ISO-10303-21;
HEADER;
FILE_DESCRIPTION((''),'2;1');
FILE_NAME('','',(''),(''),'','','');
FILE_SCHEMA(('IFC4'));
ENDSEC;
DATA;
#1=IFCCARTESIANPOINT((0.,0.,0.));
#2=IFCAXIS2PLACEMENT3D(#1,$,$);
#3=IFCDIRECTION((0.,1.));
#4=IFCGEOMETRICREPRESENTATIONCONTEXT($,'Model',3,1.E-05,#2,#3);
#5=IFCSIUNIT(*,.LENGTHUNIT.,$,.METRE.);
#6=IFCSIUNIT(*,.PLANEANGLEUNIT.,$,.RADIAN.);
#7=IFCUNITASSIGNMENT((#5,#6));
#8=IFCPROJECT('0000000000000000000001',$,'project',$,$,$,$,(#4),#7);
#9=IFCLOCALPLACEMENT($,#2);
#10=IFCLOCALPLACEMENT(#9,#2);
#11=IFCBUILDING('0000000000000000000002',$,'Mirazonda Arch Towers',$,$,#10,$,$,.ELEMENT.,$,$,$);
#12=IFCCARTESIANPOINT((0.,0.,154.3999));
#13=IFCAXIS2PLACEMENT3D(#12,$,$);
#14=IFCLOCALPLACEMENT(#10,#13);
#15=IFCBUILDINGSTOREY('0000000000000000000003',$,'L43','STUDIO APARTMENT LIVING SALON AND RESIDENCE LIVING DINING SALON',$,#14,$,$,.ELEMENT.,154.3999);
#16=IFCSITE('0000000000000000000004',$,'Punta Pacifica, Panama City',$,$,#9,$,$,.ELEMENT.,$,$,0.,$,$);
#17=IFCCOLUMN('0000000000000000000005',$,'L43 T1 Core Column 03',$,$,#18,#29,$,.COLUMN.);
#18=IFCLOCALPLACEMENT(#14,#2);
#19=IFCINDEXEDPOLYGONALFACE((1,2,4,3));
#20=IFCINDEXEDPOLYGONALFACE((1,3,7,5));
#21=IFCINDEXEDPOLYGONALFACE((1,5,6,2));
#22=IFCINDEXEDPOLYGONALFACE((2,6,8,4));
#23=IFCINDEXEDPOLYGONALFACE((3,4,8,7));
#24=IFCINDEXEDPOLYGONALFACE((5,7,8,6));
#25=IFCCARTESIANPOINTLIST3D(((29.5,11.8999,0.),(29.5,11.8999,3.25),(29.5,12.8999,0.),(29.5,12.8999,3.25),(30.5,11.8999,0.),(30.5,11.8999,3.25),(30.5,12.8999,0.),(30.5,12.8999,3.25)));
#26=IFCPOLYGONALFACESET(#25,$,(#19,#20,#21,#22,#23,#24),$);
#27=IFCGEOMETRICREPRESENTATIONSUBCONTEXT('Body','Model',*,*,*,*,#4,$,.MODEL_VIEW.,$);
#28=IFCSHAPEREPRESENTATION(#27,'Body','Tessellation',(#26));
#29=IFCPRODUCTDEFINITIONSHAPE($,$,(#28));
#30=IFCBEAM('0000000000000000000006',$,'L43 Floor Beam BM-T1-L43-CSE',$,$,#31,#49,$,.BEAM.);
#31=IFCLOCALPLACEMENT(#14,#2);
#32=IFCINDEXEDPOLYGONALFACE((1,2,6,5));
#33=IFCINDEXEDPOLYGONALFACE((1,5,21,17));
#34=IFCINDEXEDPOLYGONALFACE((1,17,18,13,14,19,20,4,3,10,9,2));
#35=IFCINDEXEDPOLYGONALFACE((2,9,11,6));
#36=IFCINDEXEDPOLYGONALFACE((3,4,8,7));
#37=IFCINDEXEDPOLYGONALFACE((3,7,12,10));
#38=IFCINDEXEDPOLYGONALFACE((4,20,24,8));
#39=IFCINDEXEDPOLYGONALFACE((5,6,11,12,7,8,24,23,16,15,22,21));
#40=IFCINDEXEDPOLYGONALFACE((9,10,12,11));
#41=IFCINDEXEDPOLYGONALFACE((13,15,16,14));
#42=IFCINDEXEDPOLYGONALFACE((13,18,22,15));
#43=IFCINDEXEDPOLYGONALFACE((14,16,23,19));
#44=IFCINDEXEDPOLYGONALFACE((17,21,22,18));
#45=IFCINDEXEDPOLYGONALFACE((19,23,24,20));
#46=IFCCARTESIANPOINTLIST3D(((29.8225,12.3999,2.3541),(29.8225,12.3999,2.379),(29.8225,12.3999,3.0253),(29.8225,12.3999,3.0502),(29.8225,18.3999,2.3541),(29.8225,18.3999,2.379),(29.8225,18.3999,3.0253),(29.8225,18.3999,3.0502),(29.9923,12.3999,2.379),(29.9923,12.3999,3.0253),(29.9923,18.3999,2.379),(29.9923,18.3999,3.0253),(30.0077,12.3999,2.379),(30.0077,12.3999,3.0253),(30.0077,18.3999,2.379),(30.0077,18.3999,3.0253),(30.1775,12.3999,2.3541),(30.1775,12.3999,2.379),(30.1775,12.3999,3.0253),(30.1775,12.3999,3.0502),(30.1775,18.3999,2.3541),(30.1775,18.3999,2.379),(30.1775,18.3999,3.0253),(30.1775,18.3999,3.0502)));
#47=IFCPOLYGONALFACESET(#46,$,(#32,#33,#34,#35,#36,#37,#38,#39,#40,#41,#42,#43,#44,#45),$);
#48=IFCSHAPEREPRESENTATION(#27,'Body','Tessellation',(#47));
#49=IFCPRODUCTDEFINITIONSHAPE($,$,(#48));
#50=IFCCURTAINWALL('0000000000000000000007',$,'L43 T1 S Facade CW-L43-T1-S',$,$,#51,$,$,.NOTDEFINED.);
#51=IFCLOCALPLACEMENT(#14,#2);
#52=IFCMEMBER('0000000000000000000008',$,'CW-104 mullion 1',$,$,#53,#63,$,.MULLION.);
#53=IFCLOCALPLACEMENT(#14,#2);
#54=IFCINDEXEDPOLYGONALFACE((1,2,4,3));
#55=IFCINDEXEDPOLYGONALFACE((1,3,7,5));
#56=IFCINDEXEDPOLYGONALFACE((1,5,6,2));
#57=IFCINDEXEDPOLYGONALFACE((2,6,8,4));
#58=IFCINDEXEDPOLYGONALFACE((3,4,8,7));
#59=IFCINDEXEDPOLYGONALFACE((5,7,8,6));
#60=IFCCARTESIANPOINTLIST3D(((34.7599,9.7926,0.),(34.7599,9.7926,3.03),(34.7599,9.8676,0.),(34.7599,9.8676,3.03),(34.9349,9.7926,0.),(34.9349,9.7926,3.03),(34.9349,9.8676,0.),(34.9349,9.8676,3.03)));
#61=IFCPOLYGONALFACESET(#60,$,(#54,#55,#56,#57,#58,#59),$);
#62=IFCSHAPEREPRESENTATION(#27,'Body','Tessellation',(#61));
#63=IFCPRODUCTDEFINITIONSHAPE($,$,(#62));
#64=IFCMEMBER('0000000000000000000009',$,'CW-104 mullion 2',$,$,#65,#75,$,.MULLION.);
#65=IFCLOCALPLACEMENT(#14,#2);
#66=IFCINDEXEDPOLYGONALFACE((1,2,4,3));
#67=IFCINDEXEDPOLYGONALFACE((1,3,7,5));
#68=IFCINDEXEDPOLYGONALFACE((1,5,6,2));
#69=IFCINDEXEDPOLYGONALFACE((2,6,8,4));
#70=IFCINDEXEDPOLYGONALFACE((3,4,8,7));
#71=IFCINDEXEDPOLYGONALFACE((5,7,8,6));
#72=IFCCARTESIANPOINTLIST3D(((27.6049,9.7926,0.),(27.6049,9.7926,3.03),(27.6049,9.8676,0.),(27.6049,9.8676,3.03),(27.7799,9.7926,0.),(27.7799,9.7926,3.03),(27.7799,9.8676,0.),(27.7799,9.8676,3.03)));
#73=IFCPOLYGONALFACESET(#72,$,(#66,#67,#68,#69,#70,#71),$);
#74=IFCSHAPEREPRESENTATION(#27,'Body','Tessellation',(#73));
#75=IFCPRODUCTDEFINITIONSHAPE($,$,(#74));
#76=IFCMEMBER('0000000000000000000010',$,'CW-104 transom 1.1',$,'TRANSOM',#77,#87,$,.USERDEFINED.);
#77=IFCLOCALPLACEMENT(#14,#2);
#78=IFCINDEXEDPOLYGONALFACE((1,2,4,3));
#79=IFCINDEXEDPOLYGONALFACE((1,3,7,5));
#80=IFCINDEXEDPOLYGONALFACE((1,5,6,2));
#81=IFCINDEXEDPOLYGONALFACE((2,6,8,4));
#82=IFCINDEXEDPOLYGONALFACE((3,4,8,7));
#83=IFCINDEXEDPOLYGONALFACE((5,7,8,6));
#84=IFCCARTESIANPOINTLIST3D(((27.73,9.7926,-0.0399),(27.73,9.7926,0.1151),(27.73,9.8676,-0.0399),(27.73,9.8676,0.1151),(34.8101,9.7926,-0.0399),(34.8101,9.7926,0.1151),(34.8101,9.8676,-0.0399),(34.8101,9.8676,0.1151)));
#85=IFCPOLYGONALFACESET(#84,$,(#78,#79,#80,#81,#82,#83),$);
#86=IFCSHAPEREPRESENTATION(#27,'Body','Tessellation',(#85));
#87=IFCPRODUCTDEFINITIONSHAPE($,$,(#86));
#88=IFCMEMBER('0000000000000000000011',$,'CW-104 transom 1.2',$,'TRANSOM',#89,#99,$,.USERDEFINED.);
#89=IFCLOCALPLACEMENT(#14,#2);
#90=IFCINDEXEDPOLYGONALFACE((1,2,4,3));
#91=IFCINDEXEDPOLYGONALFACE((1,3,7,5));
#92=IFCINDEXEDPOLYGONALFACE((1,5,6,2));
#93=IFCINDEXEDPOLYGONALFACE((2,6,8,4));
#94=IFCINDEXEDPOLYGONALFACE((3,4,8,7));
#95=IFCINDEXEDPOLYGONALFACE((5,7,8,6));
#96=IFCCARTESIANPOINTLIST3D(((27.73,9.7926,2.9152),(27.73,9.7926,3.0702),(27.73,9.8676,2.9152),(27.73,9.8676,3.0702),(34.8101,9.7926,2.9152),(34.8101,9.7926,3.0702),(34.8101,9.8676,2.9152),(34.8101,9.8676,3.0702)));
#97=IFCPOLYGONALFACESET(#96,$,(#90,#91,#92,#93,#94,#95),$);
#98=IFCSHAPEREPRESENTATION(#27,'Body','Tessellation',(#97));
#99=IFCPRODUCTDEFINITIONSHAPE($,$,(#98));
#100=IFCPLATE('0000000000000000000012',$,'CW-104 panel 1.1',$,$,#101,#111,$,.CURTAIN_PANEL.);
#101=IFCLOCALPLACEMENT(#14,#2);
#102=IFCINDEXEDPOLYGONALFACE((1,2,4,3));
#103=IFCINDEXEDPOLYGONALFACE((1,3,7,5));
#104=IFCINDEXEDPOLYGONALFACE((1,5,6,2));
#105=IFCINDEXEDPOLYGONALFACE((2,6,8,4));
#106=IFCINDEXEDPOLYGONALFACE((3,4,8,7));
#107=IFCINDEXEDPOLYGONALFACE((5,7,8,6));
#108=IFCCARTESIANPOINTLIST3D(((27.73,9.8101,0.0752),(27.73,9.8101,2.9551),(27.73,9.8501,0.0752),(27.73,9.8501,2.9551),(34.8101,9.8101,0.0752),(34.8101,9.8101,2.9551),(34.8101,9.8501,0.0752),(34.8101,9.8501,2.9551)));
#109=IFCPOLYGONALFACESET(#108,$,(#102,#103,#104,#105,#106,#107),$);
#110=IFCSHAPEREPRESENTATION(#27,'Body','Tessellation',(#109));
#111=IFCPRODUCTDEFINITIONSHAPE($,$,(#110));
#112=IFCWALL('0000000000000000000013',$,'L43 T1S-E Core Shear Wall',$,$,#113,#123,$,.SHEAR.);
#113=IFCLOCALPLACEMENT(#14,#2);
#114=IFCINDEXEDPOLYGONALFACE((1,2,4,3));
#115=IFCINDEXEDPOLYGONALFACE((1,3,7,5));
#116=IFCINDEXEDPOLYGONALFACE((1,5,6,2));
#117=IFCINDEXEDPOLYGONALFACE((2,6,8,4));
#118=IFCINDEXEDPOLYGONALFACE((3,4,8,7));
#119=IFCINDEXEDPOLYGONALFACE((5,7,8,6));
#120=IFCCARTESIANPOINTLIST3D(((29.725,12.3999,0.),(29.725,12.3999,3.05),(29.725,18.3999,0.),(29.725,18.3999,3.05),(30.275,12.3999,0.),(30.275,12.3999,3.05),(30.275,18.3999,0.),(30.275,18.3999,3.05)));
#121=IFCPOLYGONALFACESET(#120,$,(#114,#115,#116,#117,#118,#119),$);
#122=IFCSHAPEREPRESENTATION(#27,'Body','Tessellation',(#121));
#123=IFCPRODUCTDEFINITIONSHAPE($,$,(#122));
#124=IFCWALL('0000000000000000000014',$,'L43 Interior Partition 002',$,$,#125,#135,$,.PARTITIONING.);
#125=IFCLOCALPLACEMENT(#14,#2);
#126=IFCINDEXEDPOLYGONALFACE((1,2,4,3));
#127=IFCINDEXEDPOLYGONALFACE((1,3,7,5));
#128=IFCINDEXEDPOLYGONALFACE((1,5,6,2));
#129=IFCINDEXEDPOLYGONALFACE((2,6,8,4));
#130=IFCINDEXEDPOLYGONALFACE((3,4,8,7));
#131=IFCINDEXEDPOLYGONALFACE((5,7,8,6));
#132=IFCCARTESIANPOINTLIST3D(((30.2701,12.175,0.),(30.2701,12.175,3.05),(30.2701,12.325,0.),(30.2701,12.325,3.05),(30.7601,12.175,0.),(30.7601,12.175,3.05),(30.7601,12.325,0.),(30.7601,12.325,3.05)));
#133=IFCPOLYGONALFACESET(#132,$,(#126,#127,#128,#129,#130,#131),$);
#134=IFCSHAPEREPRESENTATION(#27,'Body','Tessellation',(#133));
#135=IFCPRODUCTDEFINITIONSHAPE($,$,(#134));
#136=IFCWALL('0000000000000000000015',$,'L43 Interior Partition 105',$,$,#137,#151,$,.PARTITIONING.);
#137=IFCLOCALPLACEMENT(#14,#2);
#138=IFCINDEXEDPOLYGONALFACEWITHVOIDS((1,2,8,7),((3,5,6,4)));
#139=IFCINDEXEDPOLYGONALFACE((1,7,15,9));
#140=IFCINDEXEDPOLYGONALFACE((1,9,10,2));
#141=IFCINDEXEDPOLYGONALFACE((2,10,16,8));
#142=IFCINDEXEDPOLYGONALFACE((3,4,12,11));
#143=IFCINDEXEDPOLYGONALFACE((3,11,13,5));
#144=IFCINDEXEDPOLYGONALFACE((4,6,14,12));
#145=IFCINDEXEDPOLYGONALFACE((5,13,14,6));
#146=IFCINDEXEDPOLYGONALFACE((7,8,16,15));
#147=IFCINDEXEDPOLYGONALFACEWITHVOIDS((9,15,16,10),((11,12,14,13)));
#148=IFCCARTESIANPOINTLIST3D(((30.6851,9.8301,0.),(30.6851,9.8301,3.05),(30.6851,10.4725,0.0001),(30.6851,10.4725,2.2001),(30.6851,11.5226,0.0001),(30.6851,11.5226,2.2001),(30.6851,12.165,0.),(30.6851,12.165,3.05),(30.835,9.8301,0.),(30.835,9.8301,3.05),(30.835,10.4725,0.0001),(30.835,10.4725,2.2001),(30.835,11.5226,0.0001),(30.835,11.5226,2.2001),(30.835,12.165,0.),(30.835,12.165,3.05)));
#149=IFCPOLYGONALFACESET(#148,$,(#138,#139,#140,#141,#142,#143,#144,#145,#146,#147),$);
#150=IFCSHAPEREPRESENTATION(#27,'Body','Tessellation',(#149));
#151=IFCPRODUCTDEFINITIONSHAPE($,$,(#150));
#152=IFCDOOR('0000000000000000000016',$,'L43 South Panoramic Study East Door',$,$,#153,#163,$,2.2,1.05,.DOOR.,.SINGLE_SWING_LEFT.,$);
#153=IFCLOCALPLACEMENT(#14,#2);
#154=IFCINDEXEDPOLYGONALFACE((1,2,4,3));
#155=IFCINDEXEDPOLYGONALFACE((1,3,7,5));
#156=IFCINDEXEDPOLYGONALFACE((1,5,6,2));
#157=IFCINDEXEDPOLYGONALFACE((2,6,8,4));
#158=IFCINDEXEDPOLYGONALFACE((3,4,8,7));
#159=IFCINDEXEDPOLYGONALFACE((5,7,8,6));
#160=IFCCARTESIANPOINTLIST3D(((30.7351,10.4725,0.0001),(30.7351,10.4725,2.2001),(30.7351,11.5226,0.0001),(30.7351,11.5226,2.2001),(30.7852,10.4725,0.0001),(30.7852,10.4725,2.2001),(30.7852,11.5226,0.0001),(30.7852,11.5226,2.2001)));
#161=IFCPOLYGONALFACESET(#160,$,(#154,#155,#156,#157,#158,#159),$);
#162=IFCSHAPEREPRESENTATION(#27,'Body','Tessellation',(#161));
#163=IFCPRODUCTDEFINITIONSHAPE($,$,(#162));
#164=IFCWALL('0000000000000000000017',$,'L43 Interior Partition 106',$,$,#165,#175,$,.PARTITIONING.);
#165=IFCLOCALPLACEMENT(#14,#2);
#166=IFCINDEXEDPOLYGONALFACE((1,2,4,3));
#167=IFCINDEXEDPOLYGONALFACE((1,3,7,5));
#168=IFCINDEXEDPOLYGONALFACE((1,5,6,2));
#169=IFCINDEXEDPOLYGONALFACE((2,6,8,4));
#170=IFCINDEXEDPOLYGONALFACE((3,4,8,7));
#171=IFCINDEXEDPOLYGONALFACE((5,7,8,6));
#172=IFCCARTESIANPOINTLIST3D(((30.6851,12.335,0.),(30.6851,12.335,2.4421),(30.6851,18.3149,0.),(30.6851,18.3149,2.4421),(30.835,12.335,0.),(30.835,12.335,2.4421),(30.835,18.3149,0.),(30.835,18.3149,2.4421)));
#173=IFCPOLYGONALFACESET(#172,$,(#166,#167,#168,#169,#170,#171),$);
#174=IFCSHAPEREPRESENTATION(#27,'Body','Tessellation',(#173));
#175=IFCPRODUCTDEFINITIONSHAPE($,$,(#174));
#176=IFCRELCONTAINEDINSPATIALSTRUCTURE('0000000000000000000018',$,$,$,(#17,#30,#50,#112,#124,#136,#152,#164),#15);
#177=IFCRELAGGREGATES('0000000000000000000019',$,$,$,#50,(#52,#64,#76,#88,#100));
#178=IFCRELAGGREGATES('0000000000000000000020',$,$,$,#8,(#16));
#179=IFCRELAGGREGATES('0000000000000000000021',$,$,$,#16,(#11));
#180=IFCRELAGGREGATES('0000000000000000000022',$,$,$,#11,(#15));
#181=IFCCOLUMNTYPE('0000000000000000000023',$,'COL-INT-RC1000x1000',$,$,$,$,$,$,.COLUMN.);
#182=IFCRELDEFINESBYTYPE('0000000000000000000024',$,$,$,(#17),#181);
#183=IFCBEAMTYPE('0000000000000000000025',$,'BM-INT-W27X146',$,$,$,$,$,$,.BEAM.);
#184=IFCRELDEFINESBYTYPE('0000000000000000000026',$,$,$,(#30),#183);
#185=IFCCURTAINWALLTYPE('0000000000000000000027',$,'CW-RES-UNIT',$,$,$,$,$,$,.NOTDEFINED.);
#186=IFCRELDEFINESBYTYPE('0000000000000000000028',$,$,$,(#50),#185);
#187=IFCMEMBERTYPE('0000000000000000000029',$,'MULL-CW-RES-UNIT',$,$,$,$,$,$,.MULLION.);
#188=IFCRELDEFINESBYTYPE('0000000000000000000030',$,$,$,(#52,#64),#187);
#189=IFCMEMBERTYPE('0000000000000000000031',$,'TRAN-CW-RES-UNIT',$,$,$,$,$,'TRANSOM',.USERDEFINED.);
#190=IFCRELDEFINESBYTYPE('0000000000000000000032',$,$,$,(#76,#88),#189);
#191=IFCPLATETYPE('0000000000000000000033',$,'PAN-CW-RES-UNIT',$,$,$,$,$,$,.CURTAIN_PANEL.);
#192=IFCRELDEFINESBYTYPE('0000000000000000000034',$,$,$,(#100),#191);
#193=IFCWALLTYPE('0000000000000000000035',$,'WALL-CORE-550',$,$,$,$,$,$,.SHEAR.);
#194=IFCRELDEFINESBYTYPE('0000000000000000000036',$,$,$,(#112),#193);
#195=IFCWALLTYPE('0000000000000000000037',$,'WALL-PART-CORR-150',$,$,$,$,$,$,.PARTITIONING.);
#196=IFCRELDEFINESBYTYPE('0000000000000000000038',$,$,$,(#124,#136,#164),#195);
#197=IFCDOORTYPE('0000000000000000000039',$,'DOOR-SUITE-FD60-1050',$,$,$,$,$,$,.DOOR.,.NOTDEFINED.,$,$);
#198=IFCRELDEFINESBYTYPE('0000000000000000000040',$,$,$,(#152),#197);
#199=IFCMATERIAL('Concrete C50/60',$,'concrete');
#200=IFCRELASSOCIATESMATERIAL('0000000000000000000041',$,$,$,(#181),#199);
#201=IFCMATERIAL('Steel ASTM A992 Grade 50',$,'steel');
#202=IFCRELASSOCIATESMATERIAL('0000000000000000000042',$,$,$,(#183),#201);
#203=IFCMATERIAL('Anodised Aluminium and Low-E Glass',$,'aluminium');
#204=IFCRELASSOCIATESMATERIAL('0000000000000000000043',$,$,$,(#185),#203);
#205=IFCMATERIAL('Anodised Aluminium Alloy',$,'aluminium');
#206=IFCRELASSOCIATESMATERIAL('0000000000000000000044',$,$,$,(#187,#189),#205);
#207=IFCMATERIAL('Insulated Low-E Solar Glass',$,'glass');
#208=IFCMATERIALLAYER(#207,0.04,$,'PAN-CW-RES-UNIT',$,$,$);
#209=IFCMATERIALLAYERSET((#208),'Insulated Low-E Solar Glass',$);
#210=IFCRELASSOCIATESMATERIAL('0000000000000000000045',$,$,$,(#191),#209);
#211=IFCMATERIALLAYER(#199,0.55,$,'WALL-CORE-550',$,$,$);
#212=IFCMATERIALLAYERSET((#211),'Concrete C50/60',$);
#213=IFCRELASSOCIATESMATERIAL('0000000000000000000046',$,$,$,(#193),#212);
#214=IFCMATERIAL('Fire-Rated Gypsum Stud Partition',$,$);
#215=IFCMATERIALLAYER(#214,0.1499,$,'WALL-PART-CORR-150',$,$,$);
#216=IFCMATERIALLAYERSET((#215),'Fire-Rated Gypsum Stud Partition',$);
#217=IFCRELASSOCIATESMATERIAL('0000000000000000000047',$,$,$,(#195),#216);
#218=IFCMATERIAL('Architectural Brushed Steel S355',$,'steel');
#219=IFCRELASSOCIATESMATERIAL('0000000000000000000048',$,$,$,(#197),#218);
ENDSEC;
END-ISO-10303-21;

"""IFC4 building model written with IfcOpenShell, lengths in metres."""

from ifc_helpers import new_model, si_unit, direction, frame, frame_2d, origin, origin_2d, place, context, subcontext, project, spatial, rectangle, i_section, extrude, material, layer, layer_set, material_profile, profile_set, type_object, element, fill, aggregate, save


model = new_model("IFC4")

# Units and contexts
model_context = context("Model", 3, precision=1e-05, world=origin(), true_north=direction((0.0, 1.0)))
body_context = subcontext(model_context, "Body", "Model", "MODEL_VIEW")
ifc_project = project(units=[si_unit("LENGTHUNIT", "METRE"), si_unit("PLANEANGLEUNIT", "RADIAN")], contexts=[model_context])

# Site, building, storey
site_placement = place(None, origin())
site = spatial("IfcSite", under=ifc_project, at=site_placement, Name="Punta Pacifica, Panama City", CompositionType="ELEMENT", RefElevation=0.0)
building_placement = place(site_placement, origin())
building = spatial("IfcBuilding", under=site, at=building_placement, Name="Mirazonda Arch Towers", CompositionType="ELEMENT")
storey_placement = place(building_placement, frame((0.0, 0.0, 154.3999)))
storey = spatial("IfcBuildingStorey", under=building, at=storey_placement, Name="L43", Description="STUDIO APARTMENT LIVING SALON AND RESIDENCE LIVING DINING SALON", CompositionType="ELEMENT", Elevation=154.3999)

# Column
ifc_material_1 = material(Name="Concrete C50/60", Category="concrete")
ifc_material_profile_1 = material_profile(ifc_material_1, rectangle(XDim=1.0, YDim=1.0, at=origin_2d()), Name="RC1000x1000")
ifc_profile_set_1 = profile_set([ifc_material_profile_1], Name="Concrete C50/60")
column_type = type_object("IfcColumnType", Name="COL-INT-RC1000x1000", PredefinedType="COLUMN", material=ifc_profile_set_1)
column_placement = place(storey_placement, frame((30.0, 12.3999, 0.0), z_axis=(0.0, 0.0, 1.0), x_axis=(1.0, 0.0, 0.0)))
element("IfcColumn", 1, at=column_placement, inside=storey, type_object=column_type, Name="L43 T1 Core Column 03", PredefinedType="COLUMN", context=body_context, shape_type="SweptSolid", body=[
    extrude(rectangle(XDim=1.0, YDim=1.0, at=origin_2d()), origin(), (0.0, 0.0, 1.0), 3.25),
])

# Beam
ifc_material_2 = material(Name="Steel ASTM A992 Grade 50", Category="steel")
ifc_material_profile_2 = material_profile(ifc_material_2, i_section(OverallWidth=0.355, OverallDepth=0.696, WebThickness=0.0154, FlangeThickness=0.0249, at=origin_2d()), Name="W27X146")
ifc_profile_set_2 = profile_set([ifc_material_profile_2], Name="Steel ASTM A992 Grade 50")
beam_type = type_object("IfcBeamType", Name="BM-INT-W27X146", PredefinedType="BEAM", material=ifc_profile_set_2)
beam_placement = place(storey_placement, frame((30.0, 12.3999, 2.7021), z_axis=(0.0, 1.0, 0.0), x_axis=(-1.0, 0.0, 0.0)))
element("IfcBeam", 2, at=beam_placement, inside=storey, type_object=beam_type, Name="L43 Floor Beam BM-T1-L43-CSE", PredefinedType="BEAM", context=body_context, shape_type="SweptSolid", body=[
    extrude(i_section(OverallWidth=0.355, OverallDepth=0.696, WebThickness=0.0154, FlangeThickness=0.0249, at=origin_2d()), origin(), (0.0, 0.0, 1.0), 6.0),
])

# Curtain wall, members, plate
ifc_material_3 = material(Name="Anodised Aluminium and Low-E Glass", Category="aluminium")
curtain_wall_type = type_object("IfcCurtainWallType", Name="CW-RES-UNIT", PredefinedType="NOTDEFINED", material=ifc_material_3)
curtain_wall_placement = place(storey_placement, origin())
curtain_wall = element("IfcCurtainWall", 3, at=curtain_wall_placement, inside=storey, type_object=curtain_wall_type, Name="L43 T1 S Facade CW-L43-T1-S", PredefinedType="NOTDEFINED")
ifc_material_4 = material(Name="Anodised Aluminium Alloy", Category="aluminium")
ifc_material_profile_3 = material_profile(ifc_material_4, rectangle(XDim=0.075, YDim=0.175, at=origin_2d()), Name="ALU-MULL-75x175")
ifc_profile_set_3 = profile_set([ifc_material_profile_3], Name="Anodised Aluminium Alloy")
member_type_1 = type_object("IfcMemberType", Name="MULL-CW-RES-UNIT", PredefinedType="MULLION", material=ifc_profile_set_3)
member_1_placement = place(storey_placement, frame((34.8474, 9.8301, 0.0), z_axis=(0.0, 0.0, 1.0), x_axis=(0.0, -1.0, 0.0)))
member_1 = element("IfcMember", 4, at=member_1_placement, type_object=member_type_1, Name="CW-104 mullion 1", PredefinedType="MULLION", context=body_context, shape_type="SweptSolid", body=[
    extrude(rectangle(XDim=0.075, YDim=0.175, at=origin_2d()), origin(), (0.0, 0.0, 1.0), 3.03),
])
member_2_placement = place(storey_placement, frame((27.6924, 9.8301, 0.0), z_axis=(0.0, 0.0, 1.0), x_axis=(0.0, -1.0, 0.0)))
member_2 = element("IfcMember", 5, at=member_2_placement, type_object=member_type_1, Name="CW-104 mullion 2", PredefinedType="MULLION", context=body_context, shape_type="SweptSolid", body=[
    extrude(rectangle(XDim=0.075, YDim=0.175, at=origin_2d()), origin(), (0.0, 0.0, 1.0), 3.03),
])
ifc_material_profile_4 = material_profile(ifc_material_4, rectangle(XDim=0.075, YDim=0.155, at=origin_2d()), Name="ALU-TRAN-75x155")
ifc_profile_set_4 = profile_set([ifc_material_profile_4], Name="Anodised Aluminium Alloy")
member_type_2 = type_object("IfcMemberType", Name="TRAN-CW-RES-UNIT", ElementType="TRANSOM", PredefinedType="USERDEFINED", material=ifc_profile_set_4)
member_3_placement = place(storey_placement, frame((34.8101, 9.8301, 0.0376), z_axis=(-1.0, 0.0, 0.0), x_axis=(0.0, -1.0, 0.0)))
member_3 = element("IfcMember", 6, at=member_3_placement, type_object=member_type_2, Name="CW-104 transom 1.1", ObjectType="TRANSOM", PredefinedType="USERDEFINED", context=body_context, shape_type="SweptSolid", body=[
    extrude(rectangle(XDim=0.075, YDim=0.155, at=origin_2d()), origin(), (0.0, 0.0, 1.0), 7.0801),
])
member_4_placement = place(storey_placement, frame((34.8101, 9.8301, 2.9927), z_axis=(-1.0, 0.0, 0.0), x_axis=(0.0, -1.0, 0.0)))
member_4 = element("IfcMember", 7, at=member_4_placement, type_object=member_type_2, Name="CW-104 transom 1.2", ObjectType="TRANSOM", PredefinedType="USERDEFINED", context=body_context, shape_type="SweptSolid", body=[
    extrude(rectangle(XDim=0.075, YDim=0.155, at=origin_2d()), origin(), (0.0, 0.0, 1.0), 7.0801),
])
ifc_material_5 = material(Name="Insulated Low-E Solar Glass", Category="glass")
ifc_layer_1 = layer(ifc_material_5, 0.04, Name="PAN-CW-RES-UNIT")
ifc_layer_set_1 = layer_set([ifc_layer_1], Name="Insulated Low-E Solar Glass")
plate_type = type_object("IfcPlateType", Name="PAN-CW-RES-UNIT", PredefinedType="CURTAIN_PANEL", material=ifc_layer_set_1)
plate_placement = place(storey_placement, frame((31.27, 9.8301, 0.0752), z_axis=(0.0, 0.0, 1.0), x_axis=(-1.0, 0.0, 0.0)))
plate = element("IfcPlate", 8, at=plate_placement, type_object=plate_type, Name="CW-104 panel 1.1", PredefinedType="CURTAIN_PANEL", context=body_context, shape_type="SweptSolid", body=[
    extrude(rectangle(XDim=7.0801, YDim=0.04, at=origin_2d()), origin(), (0.0, 0.0, 1.0), 2.8799),
])
aggregate(curtain_wall, [member_1, member_2, member_3, member_4, plate])

# Walls
ifc_layer_2 = layer(ifc_material_1, 0.55, Name="WALL-CORE-550")
ifc_layer_set_2 = layer_set([ifc_layer_2], Name="Concrete C50/60")
wall_type_1 = type_object("IfcWallType", Name="WALL-CORE-550", PredefinedType="SHEAR", material=ifc_layer_set_2)
wall_1_placement = place(storey_placement, frame((30.0, 12.3999, 0.0), z_axis=(0.0, 0.0, 1.0), x_axis=(0.0, 1.0, 0.0)))
element("IfcWall", 9, at=wall_1_placement, inside=storey, type_object=wall_type_1, Name="L43 T1S-E Core Shear Wall", PredefinedType="SHEAR", context=body_context, shape_type="SweptSolid", body=[
    extrude(rectangle(XDim=6.0, YDim=0.55, at=frame_2d((3.0, 0.0))), origin(), (0.0, 0.0, 1.0), 3.05),
])
ifc_material_6 = material(Name="Fire-Rated Gypsum Stud Partition")
ifc_layer_3 = layer(ifc_material_6, 0.1499, Name="WALL-PART-CORR-150")
ifc_layer_set_3 = layer_set([ifc_layer_3], Name="Fire-Rated Gypsum Stud Partition")
wall_type_2 = type_object("IfcWallType", Name="WALL-PART-CORR-150", PredefinedType="PARTITIONING", material=ifc_layer_set_3)
wall_2_placement = place(storey_placement, frame((30.27, 12.25, 0.0), z_axis=(0.0, 0.0, 1.0), x_axis=(1.0, 0.0, 0.0)))
element("IfcWall", 10, at=wall_2_placement, inside=storey, type_object=wall_type_2, Name="L43 Interior Partition 002", PredefinedType="PARTITIONING", context=body_context, shape_type="SweptSolid", body=[
    extrude(rectangle(XDim=0.49, YDim=0.1499, at=frame_2d((0.2451, 0.0))), origin(), (0.0, 0.0, 1.0), 3.05),
])

# Wall, opening, door
wall_3_placement = place(storey_placement, frame((30.76, 9.8301, 0.0), z_axis=(0.0, 0.0, 1.0), x_axis=(0.0, 1.0, 0.0)))
wall_3 = element("IfcWall", 11, at=wall_3_placement, inside=storey, type_object=wall_type_2, Name="L43 Interior Partition 105", PredefinedType="PARTITIONING", context=body_context, shape_type="SweptSolid", body=[
    extrude(rectangle(XDim=2.335, YDim=0.1499, at=frame_2d((1.1675, 0.0))), origin(), (0.0, 0.0, 1.0), 3.05),
])
opening_1_placement = place(wall_3_placement, frame((0.6426, 0.0, 0.0)))
opening_1 = element("IfcOpeningElement", 12, at=opening_1_placement, cuts=wall_3, PredefinedType="OPENING", context=body_context, shape_type="SweptSolid", body=[
    extrude(rectangle(XDim=1.05, YDim=2.2, at=frame_2d((0.5249, 1.1001))), frame((0.0, 0.085, 0.0), z_axis=(0.0, -1.0, 0.0), x_axis=(1.0, 0.0, 0.0)), (0.0, 0.0, 1.0), 0.1699),
])
ifc_material_7 = material(Name="Architectural Brushed Steel S355", Category="steel")
door_type_1 = type_object("IfcDoorType", Name="DOOR-SUITE-FD60-1050", OperationType="NOTDEFINED", PredefinedType="DOOR", material=ifc_material_7)
door_1_placement = place(opening_1_placement, origin())
door_1 = element("IfcDoor", 13, at=door_1_placement, inside=storey, type_object=door_type_1, Name="L43 South Panoramic Study East Door", OperationType="SINGLE_SWING_LEFT", OverallHeight=2.2, OverallWidth=1.05, PredefinedType="DOOR", context=body_context, shape_type="SweptSolid", body=[
    extrude(rectangle(XDim=1.05, YDim=2.2, at=frame_2d((0.5249, 1.1001))), frame((0.0, 0.0249, 0.0), z_axis=(0.0, -1.0, 0.0), x_axis=(1.0, 0.0, 0.0)), (0.0, 0.0, 1.0), 0.05),
])
fill(opening_1, door_1)

# Wall
wall_4_placement = place(storey_placement, frame((30.76, 12.335, 0.0), z_axis=(0.0, 0.0, 1.0), x_axis=(0.0, 1.0, 0.0)))
element("IfcWall", 14, at=wall_4_placement, inside=storey, type_object=wall_type_2, Name="L43 Interior Partition 106", PredefinedType="PARTITIONING", context=body_context, shape_type="SweptSolid", body=[
    extrude(rectangle(XDim=5.98, YDim=0.1499, at=frame_2d((2.99, 0.0))), origin(), (0.0, 0.0, 1.0), 2.4421),
])

save(model, "model.ifc")
